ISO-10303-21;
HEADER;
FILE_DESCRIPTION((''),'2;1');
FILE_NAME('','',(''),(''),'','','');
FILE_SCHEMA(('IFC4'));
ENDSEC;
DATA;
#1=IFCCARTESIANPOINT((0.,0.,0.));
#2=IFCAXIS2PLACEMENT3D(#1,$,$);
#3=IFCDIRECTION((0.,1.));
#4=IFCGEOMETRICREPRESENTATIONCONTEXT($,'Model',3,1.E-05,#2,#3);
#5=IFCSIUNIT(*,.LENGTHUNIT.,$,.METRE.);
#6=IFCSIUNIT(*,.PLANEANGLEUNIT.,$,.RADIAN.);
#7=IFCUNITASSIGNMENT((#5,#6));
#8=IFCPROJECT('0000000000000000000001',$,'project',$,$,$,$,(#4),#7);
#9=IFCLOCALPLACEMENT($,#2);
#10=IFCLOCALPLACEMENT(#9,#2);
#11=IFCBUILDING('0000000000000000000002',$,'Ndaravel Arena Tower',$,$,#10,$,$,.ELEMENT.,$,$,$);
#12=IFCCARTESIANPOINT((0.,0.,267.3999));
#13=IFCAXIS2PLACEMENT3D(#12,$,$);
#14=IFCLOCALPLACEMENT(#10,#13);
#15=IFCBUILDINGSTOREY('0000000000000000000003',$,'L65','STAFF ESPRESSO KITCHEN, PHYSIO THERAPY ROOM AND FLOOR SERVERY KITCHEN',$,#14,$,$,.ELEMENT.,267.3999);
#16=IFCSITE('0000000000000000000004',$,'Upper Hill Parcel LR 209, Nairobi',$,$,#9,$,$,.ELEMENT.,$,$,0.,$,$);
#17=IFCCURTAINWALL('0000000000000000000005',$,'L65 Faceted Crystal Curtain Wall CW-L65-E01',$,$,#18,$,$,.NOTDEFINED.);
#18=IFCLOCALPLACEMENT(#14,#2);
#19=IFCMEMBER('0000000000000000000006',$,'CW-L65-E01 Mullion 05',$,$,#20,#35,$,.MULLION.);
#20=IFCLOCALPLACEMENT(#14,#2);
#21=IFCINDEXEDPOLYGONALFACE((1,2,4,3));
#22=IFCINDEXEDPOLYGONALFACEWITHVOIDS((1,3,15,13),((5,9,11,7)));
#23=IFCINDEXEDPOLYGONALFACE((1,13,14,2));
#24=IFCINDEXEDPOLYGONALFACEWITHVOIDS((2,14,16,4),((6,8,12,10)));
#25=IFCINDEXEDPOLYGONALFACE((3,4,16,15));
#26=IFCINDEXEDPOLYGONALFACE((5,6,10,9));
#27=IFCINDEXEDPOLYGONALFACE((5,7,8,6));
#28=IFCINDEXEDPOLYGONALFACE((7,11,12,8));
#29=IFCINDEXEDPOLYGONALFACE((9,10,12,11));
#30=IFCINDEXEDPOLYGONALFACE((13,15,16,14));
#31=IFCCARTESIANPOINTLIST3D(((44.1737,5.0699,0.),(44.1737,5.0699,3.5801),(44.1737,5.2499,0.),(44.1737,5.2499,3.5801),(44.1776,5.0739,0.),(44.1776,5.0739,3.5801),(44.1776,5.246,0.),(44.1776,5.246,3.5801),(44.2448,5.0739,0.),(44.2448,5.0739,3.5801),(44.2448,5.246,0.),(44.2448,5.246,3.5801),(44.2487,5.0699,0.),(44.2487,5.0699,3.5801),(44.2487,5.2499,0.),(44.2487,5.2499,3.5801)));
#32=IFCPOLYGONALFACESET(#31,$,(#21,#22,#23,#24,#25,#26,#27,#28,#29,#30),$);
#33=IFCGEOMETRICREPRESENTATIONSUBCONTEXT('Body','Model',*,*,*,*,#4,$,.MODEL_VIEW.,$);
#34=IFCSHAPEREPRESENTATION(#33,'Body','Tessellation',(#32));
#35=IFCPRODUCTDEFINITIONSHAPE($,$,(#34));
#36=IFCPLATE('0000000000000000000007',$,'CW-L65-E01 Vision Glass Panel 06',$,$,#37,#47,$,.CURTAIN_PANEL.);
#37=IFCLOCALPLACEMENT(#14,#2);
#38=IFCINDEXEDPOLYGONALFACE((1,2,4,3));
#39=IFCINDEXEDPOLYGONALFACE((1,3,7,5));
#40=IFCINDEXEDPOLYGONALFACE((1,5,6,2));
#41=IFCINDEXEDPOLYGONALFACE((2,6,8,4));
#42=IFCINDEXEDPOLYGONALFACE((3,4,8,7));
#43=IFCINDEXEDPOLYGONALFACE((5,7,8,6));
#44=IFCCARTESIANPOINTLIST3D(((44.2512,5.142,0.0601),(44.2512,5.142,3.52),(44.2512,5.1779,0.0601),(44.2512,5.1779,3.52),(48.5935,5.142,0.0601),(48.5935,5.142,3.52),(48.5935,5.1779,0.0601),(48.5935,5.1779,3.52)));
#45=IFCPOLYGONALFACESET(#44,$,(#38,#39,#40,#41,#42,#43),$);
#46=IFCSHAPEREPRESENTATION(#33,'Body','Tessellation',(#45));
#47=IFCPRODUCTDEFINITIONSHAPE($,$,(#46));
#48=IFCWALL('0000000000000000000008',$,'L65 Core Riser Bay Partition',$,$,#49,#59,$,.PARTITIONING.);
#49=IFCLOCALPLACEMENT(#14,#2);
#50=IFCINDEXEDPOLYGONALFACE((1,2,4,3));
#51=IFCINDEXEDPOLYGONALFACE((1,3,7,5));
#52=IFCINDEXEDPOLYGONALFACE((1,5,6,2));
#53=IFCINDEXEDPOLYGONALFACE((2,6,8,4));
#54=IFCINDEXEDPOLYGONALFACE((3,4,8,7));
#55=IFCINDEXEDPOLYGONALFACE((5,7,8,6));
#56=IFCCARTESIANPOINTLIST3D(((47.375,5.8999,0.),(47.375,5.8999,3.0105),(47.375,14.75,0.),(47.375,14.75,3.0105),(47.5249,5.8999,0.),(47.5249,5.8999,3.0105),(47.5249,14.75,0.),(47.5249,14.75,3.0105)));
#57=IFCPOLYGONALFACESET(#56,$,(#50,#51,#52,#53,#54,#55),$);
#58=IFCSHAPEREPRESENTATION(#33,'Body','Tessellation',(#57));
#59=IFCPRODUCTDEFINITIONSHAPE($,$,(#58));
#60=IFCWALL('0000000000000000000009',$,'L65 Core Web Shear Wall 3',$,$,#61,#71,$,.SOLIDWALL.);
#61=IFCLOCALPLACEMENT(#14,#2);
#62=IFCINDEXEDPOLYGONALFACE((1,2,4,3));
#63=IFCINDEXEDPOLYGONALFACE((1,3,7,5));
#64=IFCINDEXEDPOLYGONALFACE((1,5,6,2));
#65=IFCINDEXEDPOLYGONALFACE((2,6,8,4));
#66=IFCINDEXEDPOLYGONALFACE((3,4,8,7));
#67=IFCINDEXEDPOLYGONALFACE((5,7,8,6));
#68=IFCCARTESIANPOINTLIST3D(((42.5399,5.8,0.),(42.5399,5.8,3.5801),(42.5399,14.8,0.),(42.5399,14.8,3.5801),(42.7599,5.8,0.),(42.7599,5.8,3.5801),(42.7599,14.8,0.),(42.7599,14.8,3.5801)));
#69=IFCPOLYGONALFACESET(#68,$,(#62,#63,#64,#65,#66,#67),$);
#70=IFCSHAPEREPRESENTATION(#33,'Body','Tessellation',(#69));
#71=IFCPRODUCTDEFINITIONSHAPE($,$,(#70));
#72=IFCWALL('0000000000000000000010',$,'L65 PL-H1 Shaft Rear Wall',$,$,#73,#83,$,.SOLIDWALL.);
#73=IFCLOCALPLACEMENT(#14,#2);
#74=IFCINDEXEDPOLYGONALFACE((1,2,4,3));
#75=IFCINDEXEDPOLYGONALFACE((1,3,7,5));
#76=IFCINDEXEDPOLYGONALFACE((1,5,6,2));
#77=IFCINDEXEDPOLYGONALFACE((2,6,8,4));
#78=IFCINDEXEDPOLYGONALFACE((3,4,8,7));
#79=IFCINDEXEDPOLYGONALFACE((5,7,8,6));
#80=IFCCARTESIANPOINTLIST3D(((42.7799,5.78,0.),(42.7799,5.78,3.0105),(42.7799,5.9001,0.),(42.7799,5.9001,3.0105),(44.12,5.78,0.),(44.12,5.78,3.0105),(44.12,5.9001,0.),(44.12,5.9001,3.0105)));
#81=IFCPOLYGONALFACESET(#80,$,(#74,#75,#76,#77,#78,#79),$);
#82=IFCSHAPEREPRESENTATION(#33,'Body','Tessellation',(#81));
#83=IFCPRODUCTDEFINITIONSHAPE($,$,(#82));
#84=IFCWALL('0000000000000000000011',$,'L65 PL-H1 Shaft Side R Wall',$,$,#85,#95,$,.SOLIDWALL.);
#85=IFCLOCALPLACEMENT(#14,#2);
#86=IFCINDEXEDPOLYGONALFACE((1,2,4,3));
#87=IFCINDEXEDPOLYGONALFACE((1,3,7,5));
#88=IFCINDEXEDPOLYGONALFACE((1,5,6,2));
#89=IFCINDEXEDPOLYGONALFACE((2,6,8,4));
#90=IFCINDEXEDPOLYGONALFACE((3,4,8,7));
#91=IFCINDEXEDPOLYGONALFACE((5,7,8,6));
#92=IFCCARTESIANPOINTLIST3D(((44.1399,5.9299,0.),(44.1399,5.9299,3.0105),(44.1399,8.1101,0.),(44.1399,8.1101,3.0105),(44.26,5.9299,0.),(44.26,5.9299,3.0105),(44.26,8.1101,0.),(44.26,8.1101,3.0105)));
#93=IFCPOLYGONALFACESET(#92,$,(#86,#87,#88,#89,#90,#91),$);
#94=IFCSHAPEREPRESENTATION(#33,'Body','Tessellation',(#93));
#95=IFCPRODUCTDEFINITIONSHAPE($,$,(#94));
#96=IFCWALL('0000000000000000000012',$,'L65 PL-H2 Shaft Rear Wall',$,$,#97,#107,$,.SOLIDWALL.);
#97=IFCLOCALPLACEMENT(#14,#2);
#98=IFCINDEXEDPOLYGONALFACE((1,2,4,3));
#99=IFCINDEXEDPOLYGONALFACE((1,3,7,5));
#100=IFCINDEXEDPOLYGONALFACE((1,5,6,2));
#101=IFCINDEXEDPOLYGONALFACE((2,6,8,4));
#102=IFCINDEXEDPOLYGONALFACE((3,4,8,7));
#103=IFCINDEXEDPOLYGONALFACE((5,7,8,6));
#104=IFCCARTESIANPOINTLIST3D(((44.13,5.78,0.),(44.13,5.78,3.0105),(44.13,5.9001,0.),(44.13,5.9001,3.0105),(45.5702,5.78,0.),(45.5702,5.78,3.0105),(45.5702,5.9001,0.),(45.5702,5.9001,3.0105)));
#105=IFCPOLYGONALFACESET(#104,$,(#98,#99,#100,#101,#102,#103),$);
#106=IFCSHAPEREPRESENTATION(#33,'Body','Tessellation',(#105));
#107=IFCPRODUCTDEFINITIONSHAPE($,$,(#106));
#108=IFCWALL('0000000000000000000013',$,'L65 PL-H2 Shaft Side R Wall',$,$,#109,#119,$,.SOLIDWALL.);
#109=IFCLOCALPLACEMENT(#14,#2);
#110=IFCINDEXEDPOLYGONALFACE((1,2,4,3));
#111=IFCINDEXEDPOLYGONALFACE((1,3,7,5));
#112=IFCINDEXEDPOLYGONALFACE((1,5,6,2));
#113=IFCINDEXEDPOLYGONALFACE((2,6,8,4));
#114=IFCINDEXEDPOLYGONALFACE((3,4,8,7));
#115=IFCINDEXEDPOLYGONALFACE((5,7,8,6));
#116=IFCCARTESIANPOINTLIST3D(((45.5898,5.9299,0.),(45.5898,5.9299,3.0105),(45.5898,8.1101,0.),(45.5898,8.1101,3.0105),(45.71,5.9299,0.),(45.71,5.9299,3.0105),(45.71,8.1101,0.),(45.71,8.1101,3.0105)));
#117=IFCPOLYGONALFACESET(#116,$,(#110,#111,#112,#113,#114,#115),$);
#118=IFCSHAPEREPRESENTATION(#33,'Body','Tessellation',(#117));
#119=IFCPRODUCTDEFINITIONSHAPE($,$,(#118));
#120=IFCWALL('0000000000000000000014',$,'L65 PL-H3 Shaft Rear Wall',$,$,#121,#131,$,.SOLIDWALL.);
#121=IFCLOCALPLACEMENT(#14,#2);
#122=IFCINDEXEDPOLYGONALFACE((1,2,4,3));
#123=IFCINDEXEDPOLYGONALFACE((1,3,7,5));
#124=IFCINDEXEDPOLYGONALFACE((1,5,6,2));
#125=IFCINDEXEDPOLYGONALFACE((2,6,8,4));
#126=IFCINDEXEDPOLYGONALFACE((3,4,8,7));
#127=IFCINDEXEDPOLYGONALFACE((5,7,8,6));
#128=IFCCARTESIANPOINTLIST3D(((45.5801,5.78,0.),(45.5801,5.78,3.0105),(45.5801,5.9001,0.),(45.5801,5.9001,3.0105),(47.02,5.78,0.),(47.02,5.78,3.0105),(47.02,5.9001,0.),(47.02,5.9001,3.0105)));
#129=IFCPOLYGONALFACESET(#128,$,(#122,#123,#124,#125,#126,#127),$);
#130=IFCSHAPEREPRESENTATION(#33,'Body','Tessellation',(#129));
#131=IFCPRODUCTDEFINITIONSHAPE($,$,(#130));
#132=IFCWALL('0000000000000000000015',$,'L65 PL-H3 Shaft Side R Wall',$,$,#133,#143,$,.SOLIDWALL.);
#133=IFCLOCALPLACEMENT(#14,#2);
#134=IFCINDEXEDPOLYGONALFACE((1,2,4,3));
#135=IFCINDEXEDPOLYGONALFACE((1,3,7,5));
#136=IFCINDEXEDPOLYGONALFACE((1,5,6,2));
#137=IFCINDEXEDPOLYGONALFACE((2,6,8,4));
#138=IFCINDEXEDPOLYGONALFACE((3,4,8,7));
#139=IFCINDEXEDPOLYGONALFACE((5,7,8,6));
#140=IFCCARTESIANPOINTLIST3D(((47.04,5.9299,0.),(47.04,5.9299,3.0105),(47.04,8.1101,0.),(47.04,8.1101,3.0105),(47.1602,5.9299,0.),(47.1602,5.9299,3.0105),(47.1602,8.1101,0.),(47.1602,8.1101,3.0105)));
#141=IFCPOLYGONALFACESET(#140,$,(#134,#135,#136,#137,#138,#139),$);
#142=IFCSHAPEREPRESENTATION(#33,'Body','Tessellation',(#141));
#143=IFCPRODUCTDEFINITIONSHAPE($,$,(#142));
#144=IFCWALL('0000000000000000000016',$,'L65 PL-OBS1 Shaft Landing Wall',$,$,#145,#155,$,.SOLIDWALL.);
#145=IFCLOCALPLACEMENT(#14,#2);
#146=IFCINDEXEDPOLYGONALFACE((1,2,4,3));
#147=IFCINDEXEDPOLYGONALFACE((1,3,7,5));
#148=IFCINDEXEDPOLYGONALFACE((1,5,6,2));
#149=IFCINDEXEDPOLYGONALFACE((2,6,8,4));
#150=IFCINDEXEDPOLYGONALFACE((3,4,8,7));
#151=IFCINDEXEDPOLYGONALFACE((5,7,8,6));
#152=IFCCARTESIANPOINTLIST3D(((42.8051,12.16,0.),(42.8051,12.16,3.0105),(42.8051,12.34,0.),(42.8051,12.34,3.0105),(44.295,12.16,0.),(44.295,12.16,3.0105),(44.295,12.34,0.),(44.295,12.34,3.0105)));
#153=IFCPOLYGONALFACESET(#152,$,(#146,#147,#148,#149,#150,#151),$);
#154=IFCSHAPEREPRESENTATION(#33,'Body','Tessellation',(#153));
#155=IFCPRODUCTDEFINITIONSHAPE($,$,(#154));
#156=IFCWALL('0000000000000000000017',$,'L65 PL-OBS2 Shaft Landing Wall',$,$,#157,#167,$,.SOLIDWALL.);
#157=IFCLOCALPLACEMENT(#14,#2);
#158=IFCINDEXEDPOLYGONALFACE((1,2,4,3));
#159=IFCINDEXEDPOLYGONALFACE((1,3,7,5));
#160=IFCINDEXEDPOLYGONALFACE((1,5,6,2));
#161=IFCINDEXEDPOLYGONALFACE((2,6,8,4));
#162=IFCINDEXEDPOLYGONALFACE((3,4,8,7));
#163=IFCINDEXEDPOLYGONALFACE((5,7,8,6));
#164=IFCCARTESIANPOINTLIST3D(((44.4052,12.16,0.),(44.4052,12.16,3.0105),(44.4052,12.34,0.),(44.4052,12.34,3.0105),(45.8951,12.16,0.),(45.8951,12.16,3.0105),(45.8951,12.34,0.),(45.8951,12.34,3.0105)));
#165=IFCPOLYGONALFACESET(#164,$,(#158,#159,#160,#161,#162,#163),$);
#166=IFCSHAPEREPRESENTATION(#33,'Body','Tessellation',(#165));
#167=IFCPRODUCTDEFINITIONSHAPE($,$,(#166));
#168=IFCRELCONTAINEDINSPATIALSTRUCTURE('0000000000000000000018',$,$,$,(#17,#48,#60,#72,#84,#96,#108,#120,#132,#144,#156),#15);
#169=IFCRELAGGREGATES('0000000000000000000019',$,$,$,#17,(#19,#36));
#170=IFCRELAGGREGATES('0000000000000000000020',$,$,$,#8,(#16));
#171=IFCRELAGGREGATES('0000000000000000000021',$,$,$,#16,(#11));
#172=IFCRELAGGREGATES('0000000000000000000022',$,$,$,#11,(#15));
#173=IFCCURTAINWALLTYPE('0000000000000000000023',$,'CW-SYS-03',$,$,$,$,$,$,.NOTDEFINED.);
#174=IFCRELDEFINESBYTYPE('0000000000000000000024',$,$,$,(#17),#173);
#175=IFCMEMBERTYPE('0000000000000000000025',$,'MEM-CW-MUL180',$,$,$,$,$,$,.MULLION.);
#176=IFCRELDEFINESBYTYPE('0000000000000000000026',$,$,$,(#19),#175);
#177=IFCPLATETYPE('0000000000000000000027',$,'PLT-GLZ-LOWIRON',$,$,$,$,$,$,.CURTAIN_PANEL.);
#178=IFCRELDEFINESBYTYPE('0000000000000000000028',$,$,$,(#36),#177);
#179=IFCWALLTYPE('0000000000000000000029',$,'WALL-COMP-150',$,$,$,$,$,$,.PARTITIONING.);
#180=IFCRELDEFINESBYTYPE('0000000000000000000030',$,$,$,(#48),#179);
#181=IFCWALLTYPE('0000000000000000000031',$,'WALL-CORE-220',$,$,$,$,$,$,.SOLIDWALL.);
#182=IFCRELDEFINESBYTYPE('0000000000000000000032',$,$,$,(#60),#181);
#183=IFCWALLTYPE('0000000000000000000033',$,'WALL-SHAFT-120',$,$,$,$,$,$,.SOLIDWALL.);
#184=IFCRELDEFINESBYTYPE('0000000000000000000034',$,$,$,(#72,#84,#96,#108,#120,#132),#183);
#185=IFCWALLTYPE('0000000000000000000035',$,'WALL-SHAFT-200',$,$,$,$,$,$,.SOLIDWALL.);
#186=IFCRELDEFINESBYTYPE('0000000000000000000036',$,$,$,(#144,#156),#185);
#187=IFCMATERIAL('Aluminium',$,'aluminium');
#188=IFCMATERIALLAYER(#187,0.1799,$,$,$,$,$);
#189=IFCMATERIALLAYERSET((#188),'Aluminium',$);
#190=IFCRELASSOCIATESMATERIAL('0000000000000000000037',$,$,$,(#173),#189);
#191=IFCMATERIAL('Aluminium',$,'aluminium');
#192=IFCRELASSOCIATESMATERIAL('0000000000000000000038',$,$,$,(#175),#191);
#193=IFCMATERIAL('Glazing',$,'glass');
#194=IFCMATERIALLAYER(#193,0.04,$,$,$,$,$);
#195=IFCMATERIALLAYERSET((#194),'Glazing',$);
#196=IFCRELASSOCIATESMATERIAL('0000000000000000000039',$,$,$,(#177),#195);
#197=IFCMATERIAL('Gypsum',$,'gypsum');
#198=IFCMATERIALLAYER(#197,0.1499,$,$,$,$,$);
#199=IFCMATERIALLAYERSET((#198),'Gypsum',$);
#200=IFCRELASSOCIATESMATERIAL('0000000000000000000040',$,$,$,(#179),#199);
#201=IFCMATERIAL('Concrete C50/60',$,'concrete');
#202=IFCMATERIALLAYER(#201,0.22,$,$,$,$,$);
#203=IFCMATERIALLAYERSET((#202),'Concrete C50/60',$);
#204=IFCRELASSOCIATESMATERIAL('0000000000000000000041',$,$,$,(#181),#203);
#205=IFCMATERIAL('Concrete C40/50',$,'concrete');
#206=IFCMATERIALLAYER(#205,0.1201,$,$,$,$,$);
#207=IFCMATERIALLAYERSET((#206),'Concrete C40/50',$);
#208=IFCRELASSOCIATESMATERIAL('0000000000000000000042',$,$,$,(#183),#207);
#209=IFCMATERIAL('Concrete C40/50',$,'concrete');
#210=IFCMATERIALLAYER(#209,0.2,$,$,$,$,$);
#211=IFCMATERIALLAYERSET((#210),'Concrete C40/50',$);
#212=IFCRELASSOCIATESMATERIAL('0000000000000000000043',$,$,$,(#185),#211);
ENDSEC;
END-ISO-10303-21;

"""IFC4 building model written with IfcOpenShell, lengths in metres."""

from ifc_helpers import new_model, si_unit, direction, frame, frame_2d, origin, origin_2d, place, context, subcontext, project, spatial, rectangle, hollow_rectangle, extrude, material, layer, layer_set, material_profile, profile_set, type_object, element, aggregate, save


model = new_model("IFC4")

# Units and contexts
model_context = context("Model", 3, precision=1e-05, world=origin(), true_north=direction((0.0, 1.0)))
body_context = subcontext(model_context, "Body", "Model", "MODEL_VIEW")
ifc_project = project(units=[si_unit("LENGTHUNIT", "METRE"), si_unit("PLANEANGLEUNIT", "RADIAN")], contexts=[model_context])

# Site, building, storey
site_placement = place(None, origin())
site = spatial("IfcSite", under=ifc_project, at=site_placement, Name="Upper Hill Parcel LR 209, Nairobi", CompositionType="ELEMENT", RefElevation=0.0)
building_placement = place(site_placement, origin())
building = spatial("IfcBuilding", under=site, at=building_placement, Name="Ndaravel Arena Tower", CompositionType="ELEMENT")
storey_placement = place(building_placement, frame((0.0, 0.0, 267.3999)))
storey = spatial("IfcBuildingStorey", under=building, at=storey_placement, Name="L65", Description="STAFF ESPRESSO KITCHEN, PHYSIO THERAPY ROOM AND FLOOR SERVERY KITCHEN", CompositionType="ELEMENT", Elevation=267.3999)

# Curtain wall, member, plate
ifc_material_1 = material(Name="Aluminium", Category="aluminium")
ifc_layer_1 = layer(ifc_material_1, 0.1799)
ifc_layer_set_1 = layer_set([ifc_layer_1], Name="Aluminium")
curtain_wall_type = type_object("IfcCurtainWallType", Name="CW-SYS-03", PredefinedType="NOTDEFINED", material=ifc_layer_set_1)
curtain_wall_placement = place(storey_placement, origin())
curtain_wall = element("IfcCurtainWall", 1, at=curtain_wall_placement, inside=storey, type_object=curtain_wall_type, Name="L65 Faceted Crystal Curtain Wall CW-L65-E01", PredefinedType="NOTDEFINED")
ifc_material_2 = material(Name="Aluminium", Category="aluminium")
ifc_material_profile = material_profile(ifc_material_2, hollow_rectangle(XDim=0.075, YDim=0.1799, WallThickness=0.0039, at=origin_2d()), Name="CW MULLION 75x180x4")
ifc_profile_set = profile_set([ifc_material_profile], Name="Aluminium")
member_type = type_object("IfcMemberType", Name="MEM-CW-MUL180", PredefinedType="MULLION", material=ifc_profile_set)
member_placement = place(storey_placement, frame((44.2112, 5.1599, 0.0), z_axis=(0.0, 0.0, 1.0), x_axis=(1.0, 0.0, 0.0)))
member = element("IfcMember", 2, at=member_placement, type_object=member_type, Name="CW-L65-E01 Mullion 05", PredefinedType="MULLION", context=body_context, shape_type="SweptSolid", body=[
    extrude(hollow_rectangle(XDim=0.075, YDim=0.1799, WallThickness=0.0039, at=origin_2d()), origin(), (0.0, 0.0, 1.0), 3.5801),
])
ifc_material_3 = material(Name="Glazing", Category="glass")
ifc_layer_2 = layer(ifc_material_3, 0.04)
ifc_layer_set_2 = layer_set([ifc_layer_2], Name="Glazing")
plate_type = type_object("IfcPlateType", Name="PLT-GLZ-LOWIRON", PredefinedType="CURTAIN_PANEL", material=ifc_layer_set_2)
plate_placement = place(storey_placement, frame((46.4224, 5.1599, 0.0601), z_axis=(0.0, 0.0, 1.0), x_axis=(1.0, 0.0, 0.0)))
plate = element("IfcPlate", 3, at=plate_placement, type_object=plate_type, Name="CW-L65-E01 Vision Glass Panel 06", PredefinedType="CURTAIN_PANEL", context=body_context, shape_type="SweptSolid", body=[
    extrude(rectangle(XDim=4.3423, YDim=0.0359, at=origin_2d()), origin(), (0.0, 0.0, 1.0), 3.46),
])
aggregate(curtain_wall, [member, plate])

# Walls
ifc_material_4 = material(Name="Gypsum", Category="gypsum")
ifc_layer_3 = layer(ifc_material_4, 0.1499)
ifc_layer_set_3 = layer_set([ifc_layer_3], Name="Gypsum")
wall_type_1 = type_object("IfcWallType", Name="WALL-COMP-150", PredefinedType="PARTITIONING", material=ifc_layer_set_3)
wall_1_placement = place(storey_placement, frame((47.45, 5.8999, 0.0), z_axis=(0.0, 0.0, 1.0), x_axis=(0.0, 1.0, 0.0)))
element("IfcWall", 4, at=wall_1_placement, inside=storey, type_object=wall_type_1, Name="L65 Core Riser Bay Partition", PredefinedType="PARTITIONING", context=body_context, shape_type="SweptSolid", body=[
    extrude(rectangle(XDim=8.8501, YDim=0.1499, at=frame_2d((4.425, 0.0))), origin(), (0.0, 0.0, 1.0), 3.0105),
])
ifc_material_5 = material(Name="Concrete C50/60", Category="concrete")
ifc_layer_4 = layer(ifc_material_5, 0.22)
ifc_layer_set_4 = layer_set([ifc_layer_4], Name="Concrete C50/60")
wall_type_2 = type_object("IfcWallType", Name="WALL-CORE-220", PredefinedType="SOLIDWALL", material=ifc_layer_set_4)
wall_2_placement = place(storey_placement, frame((42.6499, 5.8, 0.0), z_axis=(0.0, 0.0, 1.0), x_axis=(0.0, 1.0, 0.0)))
element("IfcWall", 5, at=wall_2_placement, inside=storey, type_object=wall_type_2, Name="L65 Core Web Shear Wall 3", PredefinedType="SOLIDWALL", context=body_context, shape_type="SweptSolid", body=[
    extrude(rectangle(XDim=9.0, YDim=0.22, at=frame_2d((4.5, 0.0))), origin(), (0.0, 0.0, 1.0), 3.5801),
])
ifc_material_6 = material(Name="Concrete C40/50", Category="concrete")
ifc_layer_5 = layer(ifc_material_6, 0.1201)
ifc_layer_set_5 = layer_set([ifc_layer_5], Name="Concrete C40/50")
wall_type_3 = type_object("IfcWallType", Name="WALL-SHAFT-120", PredefinedType="SOLIDWALL", material=ifc_layer_set_5)
wall_3_placement = place(storey_placement, frame((42.78, 5.8401, 0.0), z_axis=(0.0, 0.0, 1.0), x_axis=(1.0, 0.0, 0.0)))
element("IfcWall", 6, at=wall_3_placement, inside=storey, type_object=wall_type_3, Name="L65 PL-H1 Shaft Rear Wall", PredefinedType="SOLIDWALL", context=body_context, shape_type="SweptSolid", body=[
    extrude(rectangle(XDim=1.3401, YDim=0.1201, at=frame_2d((0.6699, 0.0))), origin(), (0.0, 0.0, 1.0), 3.0105),
])
wall_4_placement = place(storey_placement, frame((44.2, 5.9299, 0.0), z_axis=(0.0, 0.0, 1.0), x_axis=(0.0, 1.0, 0.0)))
element("IfcWall", 7, at=wall_4_placement, inside=storey, type_object=wall_type_3, Name="L65 PL-H1 Shaft Side R Wall", PredefinedType="SOLIDWALL", context=body_context, shape_type="SweptSolid", body=[
    extrude(rectangle(XDim=2.1802, YDim=0.1201, at=frame_2d((1.0901, 0.0))), origin(), (0.0, 0.0, 1.0), 3.0105),
])
wall_5_placement = place(storey_placement, frame((44.1299, 5.8401, 0.0), z_axis=(0.0, 0.0, 1.0), x_axis=(1.0, 0.0, 0.0)))
element("IfcWall", 8, at=wall_5_placement, inside=storey, type_object=wall_type_3, Name="L65 PL-H2 Shaft Rear Wall", PredefinedType="SOLIDWALL", context=body_context, shape_type="SweptSolid", body=[
    extrude(rectangle(XDim=1.4402, YDim=0.1201, at=frame_2d((0.7202, 0.0))), origin(), (0.0, 0.0, 1.0), 3.0105),
])
wall_6_placement = place(storey_placement, frame((45.6499, 5.9299, 0.0), z_axis=(0.0, 0.0, 1.0), x_axis=(0.0, 1.0, 0.0)))
element("IfcWall", 9, at=wall_6_placement, inside=storey, type_object=wall_type_3, Name="L65 PL-H2 Shaft Side R Wall", PredefinedType="SOLIDWALL", context=body_context, shape_type="SweptSolid", body=[
    extrude(rectangle(XDim=2.1802, YDim=0.1201, at=frame_2d((1.0901, 0.0))), origin(), (0.0, 0.0, 1.0), 3.0105),
])
wall_7_placement = place(storey_placement, frame((45.5801, 5.8401, 0.0), z_axis=(0.0, 0.0, 1.0), x_axis=(1.0, 0.0, 0.0)))
element("IfcWall", 10, at=wall_7_placement, inside=storey, type_object=wall_type_3, Name="L65 PL-H3 Shaft Rear Wall", PredefinedType="SOLIDWALL", context=body_context, shape_type="SweptSolid", body=[
    extrude(rectangle(XDim=1.4399, YDim=0.1201, at=frame_2d((0.72, 0.0))), origin(), (0.0, 0.0, 1.0), 3.0105),
])
wall_8_placement = place(storey_placement, frame((47.1001, 5.9299, 0.0), z_axis=(0.0, 0.0, 1.0), x_axis=(0.0, 1.0, 0.0)))
element("IfcWall", 11, at=wall_8_placement, inside=storey, type_object=wall_type_3, Name="L65 PL-H3 Shaft Side R Wall", PredefinedType="SOLIDWALL", context=body_context, shape_type="SweptSolid", body=[
    extrude(rectangle(XDim=2.1802, YDim=0.1201, at=frame_2d((1.0901, 0.0))), origin(), (0.0, 0.0, 1.0), 3.0105),
])

# Shared definitions
ifc_material_7 = material(Name="Concrete C40/50", Category="concrete")
ifc_layer_6 = layer(ifc_material_7, 0.2)
ifc_layer_set_6 = layer_set([ifc_layer_6], Name="Concrete C40/50")
wall_type_4 = type_object("IfcWallType", Name="WALL-SHAFT-200", PredefinedType="SOLIDWALL", material=ifc_layer_set_6)

# Walls
for number, where, z_axis, x_axis, name in (
    (12, (42.8049, 12.25, 0.0), (0.0, 0.0, 1.0), (1.0, 0.0, 0.0), "L65 PL-OBS1 Shaft Landing Wall"),
    (13, (44.405, 12.25, 0.0), (0.0, 0.0, 1.0), (1.0, 0.0, 0.0), "L65 PL-OBS2 Shaft Landing Wall"),
):
    element("IfcWall", number, at=place(storey_placement, frame(where, z_axis=z_axis, x_axis=x_axis)), inside=storey, type_object=wall_type_4, Name=name, PredefinedType="SOLIDWALL", context=body_context, shape_type="SweptSolid", body=[
        extrude(rectangle(XDim=1.49, YDim=0.1799, at=frame_2d((0.7451, 0.0))), origin(), (0.0, 0.0, 1.0), 3.0105),
    ])

save(model, "model.ifc")
